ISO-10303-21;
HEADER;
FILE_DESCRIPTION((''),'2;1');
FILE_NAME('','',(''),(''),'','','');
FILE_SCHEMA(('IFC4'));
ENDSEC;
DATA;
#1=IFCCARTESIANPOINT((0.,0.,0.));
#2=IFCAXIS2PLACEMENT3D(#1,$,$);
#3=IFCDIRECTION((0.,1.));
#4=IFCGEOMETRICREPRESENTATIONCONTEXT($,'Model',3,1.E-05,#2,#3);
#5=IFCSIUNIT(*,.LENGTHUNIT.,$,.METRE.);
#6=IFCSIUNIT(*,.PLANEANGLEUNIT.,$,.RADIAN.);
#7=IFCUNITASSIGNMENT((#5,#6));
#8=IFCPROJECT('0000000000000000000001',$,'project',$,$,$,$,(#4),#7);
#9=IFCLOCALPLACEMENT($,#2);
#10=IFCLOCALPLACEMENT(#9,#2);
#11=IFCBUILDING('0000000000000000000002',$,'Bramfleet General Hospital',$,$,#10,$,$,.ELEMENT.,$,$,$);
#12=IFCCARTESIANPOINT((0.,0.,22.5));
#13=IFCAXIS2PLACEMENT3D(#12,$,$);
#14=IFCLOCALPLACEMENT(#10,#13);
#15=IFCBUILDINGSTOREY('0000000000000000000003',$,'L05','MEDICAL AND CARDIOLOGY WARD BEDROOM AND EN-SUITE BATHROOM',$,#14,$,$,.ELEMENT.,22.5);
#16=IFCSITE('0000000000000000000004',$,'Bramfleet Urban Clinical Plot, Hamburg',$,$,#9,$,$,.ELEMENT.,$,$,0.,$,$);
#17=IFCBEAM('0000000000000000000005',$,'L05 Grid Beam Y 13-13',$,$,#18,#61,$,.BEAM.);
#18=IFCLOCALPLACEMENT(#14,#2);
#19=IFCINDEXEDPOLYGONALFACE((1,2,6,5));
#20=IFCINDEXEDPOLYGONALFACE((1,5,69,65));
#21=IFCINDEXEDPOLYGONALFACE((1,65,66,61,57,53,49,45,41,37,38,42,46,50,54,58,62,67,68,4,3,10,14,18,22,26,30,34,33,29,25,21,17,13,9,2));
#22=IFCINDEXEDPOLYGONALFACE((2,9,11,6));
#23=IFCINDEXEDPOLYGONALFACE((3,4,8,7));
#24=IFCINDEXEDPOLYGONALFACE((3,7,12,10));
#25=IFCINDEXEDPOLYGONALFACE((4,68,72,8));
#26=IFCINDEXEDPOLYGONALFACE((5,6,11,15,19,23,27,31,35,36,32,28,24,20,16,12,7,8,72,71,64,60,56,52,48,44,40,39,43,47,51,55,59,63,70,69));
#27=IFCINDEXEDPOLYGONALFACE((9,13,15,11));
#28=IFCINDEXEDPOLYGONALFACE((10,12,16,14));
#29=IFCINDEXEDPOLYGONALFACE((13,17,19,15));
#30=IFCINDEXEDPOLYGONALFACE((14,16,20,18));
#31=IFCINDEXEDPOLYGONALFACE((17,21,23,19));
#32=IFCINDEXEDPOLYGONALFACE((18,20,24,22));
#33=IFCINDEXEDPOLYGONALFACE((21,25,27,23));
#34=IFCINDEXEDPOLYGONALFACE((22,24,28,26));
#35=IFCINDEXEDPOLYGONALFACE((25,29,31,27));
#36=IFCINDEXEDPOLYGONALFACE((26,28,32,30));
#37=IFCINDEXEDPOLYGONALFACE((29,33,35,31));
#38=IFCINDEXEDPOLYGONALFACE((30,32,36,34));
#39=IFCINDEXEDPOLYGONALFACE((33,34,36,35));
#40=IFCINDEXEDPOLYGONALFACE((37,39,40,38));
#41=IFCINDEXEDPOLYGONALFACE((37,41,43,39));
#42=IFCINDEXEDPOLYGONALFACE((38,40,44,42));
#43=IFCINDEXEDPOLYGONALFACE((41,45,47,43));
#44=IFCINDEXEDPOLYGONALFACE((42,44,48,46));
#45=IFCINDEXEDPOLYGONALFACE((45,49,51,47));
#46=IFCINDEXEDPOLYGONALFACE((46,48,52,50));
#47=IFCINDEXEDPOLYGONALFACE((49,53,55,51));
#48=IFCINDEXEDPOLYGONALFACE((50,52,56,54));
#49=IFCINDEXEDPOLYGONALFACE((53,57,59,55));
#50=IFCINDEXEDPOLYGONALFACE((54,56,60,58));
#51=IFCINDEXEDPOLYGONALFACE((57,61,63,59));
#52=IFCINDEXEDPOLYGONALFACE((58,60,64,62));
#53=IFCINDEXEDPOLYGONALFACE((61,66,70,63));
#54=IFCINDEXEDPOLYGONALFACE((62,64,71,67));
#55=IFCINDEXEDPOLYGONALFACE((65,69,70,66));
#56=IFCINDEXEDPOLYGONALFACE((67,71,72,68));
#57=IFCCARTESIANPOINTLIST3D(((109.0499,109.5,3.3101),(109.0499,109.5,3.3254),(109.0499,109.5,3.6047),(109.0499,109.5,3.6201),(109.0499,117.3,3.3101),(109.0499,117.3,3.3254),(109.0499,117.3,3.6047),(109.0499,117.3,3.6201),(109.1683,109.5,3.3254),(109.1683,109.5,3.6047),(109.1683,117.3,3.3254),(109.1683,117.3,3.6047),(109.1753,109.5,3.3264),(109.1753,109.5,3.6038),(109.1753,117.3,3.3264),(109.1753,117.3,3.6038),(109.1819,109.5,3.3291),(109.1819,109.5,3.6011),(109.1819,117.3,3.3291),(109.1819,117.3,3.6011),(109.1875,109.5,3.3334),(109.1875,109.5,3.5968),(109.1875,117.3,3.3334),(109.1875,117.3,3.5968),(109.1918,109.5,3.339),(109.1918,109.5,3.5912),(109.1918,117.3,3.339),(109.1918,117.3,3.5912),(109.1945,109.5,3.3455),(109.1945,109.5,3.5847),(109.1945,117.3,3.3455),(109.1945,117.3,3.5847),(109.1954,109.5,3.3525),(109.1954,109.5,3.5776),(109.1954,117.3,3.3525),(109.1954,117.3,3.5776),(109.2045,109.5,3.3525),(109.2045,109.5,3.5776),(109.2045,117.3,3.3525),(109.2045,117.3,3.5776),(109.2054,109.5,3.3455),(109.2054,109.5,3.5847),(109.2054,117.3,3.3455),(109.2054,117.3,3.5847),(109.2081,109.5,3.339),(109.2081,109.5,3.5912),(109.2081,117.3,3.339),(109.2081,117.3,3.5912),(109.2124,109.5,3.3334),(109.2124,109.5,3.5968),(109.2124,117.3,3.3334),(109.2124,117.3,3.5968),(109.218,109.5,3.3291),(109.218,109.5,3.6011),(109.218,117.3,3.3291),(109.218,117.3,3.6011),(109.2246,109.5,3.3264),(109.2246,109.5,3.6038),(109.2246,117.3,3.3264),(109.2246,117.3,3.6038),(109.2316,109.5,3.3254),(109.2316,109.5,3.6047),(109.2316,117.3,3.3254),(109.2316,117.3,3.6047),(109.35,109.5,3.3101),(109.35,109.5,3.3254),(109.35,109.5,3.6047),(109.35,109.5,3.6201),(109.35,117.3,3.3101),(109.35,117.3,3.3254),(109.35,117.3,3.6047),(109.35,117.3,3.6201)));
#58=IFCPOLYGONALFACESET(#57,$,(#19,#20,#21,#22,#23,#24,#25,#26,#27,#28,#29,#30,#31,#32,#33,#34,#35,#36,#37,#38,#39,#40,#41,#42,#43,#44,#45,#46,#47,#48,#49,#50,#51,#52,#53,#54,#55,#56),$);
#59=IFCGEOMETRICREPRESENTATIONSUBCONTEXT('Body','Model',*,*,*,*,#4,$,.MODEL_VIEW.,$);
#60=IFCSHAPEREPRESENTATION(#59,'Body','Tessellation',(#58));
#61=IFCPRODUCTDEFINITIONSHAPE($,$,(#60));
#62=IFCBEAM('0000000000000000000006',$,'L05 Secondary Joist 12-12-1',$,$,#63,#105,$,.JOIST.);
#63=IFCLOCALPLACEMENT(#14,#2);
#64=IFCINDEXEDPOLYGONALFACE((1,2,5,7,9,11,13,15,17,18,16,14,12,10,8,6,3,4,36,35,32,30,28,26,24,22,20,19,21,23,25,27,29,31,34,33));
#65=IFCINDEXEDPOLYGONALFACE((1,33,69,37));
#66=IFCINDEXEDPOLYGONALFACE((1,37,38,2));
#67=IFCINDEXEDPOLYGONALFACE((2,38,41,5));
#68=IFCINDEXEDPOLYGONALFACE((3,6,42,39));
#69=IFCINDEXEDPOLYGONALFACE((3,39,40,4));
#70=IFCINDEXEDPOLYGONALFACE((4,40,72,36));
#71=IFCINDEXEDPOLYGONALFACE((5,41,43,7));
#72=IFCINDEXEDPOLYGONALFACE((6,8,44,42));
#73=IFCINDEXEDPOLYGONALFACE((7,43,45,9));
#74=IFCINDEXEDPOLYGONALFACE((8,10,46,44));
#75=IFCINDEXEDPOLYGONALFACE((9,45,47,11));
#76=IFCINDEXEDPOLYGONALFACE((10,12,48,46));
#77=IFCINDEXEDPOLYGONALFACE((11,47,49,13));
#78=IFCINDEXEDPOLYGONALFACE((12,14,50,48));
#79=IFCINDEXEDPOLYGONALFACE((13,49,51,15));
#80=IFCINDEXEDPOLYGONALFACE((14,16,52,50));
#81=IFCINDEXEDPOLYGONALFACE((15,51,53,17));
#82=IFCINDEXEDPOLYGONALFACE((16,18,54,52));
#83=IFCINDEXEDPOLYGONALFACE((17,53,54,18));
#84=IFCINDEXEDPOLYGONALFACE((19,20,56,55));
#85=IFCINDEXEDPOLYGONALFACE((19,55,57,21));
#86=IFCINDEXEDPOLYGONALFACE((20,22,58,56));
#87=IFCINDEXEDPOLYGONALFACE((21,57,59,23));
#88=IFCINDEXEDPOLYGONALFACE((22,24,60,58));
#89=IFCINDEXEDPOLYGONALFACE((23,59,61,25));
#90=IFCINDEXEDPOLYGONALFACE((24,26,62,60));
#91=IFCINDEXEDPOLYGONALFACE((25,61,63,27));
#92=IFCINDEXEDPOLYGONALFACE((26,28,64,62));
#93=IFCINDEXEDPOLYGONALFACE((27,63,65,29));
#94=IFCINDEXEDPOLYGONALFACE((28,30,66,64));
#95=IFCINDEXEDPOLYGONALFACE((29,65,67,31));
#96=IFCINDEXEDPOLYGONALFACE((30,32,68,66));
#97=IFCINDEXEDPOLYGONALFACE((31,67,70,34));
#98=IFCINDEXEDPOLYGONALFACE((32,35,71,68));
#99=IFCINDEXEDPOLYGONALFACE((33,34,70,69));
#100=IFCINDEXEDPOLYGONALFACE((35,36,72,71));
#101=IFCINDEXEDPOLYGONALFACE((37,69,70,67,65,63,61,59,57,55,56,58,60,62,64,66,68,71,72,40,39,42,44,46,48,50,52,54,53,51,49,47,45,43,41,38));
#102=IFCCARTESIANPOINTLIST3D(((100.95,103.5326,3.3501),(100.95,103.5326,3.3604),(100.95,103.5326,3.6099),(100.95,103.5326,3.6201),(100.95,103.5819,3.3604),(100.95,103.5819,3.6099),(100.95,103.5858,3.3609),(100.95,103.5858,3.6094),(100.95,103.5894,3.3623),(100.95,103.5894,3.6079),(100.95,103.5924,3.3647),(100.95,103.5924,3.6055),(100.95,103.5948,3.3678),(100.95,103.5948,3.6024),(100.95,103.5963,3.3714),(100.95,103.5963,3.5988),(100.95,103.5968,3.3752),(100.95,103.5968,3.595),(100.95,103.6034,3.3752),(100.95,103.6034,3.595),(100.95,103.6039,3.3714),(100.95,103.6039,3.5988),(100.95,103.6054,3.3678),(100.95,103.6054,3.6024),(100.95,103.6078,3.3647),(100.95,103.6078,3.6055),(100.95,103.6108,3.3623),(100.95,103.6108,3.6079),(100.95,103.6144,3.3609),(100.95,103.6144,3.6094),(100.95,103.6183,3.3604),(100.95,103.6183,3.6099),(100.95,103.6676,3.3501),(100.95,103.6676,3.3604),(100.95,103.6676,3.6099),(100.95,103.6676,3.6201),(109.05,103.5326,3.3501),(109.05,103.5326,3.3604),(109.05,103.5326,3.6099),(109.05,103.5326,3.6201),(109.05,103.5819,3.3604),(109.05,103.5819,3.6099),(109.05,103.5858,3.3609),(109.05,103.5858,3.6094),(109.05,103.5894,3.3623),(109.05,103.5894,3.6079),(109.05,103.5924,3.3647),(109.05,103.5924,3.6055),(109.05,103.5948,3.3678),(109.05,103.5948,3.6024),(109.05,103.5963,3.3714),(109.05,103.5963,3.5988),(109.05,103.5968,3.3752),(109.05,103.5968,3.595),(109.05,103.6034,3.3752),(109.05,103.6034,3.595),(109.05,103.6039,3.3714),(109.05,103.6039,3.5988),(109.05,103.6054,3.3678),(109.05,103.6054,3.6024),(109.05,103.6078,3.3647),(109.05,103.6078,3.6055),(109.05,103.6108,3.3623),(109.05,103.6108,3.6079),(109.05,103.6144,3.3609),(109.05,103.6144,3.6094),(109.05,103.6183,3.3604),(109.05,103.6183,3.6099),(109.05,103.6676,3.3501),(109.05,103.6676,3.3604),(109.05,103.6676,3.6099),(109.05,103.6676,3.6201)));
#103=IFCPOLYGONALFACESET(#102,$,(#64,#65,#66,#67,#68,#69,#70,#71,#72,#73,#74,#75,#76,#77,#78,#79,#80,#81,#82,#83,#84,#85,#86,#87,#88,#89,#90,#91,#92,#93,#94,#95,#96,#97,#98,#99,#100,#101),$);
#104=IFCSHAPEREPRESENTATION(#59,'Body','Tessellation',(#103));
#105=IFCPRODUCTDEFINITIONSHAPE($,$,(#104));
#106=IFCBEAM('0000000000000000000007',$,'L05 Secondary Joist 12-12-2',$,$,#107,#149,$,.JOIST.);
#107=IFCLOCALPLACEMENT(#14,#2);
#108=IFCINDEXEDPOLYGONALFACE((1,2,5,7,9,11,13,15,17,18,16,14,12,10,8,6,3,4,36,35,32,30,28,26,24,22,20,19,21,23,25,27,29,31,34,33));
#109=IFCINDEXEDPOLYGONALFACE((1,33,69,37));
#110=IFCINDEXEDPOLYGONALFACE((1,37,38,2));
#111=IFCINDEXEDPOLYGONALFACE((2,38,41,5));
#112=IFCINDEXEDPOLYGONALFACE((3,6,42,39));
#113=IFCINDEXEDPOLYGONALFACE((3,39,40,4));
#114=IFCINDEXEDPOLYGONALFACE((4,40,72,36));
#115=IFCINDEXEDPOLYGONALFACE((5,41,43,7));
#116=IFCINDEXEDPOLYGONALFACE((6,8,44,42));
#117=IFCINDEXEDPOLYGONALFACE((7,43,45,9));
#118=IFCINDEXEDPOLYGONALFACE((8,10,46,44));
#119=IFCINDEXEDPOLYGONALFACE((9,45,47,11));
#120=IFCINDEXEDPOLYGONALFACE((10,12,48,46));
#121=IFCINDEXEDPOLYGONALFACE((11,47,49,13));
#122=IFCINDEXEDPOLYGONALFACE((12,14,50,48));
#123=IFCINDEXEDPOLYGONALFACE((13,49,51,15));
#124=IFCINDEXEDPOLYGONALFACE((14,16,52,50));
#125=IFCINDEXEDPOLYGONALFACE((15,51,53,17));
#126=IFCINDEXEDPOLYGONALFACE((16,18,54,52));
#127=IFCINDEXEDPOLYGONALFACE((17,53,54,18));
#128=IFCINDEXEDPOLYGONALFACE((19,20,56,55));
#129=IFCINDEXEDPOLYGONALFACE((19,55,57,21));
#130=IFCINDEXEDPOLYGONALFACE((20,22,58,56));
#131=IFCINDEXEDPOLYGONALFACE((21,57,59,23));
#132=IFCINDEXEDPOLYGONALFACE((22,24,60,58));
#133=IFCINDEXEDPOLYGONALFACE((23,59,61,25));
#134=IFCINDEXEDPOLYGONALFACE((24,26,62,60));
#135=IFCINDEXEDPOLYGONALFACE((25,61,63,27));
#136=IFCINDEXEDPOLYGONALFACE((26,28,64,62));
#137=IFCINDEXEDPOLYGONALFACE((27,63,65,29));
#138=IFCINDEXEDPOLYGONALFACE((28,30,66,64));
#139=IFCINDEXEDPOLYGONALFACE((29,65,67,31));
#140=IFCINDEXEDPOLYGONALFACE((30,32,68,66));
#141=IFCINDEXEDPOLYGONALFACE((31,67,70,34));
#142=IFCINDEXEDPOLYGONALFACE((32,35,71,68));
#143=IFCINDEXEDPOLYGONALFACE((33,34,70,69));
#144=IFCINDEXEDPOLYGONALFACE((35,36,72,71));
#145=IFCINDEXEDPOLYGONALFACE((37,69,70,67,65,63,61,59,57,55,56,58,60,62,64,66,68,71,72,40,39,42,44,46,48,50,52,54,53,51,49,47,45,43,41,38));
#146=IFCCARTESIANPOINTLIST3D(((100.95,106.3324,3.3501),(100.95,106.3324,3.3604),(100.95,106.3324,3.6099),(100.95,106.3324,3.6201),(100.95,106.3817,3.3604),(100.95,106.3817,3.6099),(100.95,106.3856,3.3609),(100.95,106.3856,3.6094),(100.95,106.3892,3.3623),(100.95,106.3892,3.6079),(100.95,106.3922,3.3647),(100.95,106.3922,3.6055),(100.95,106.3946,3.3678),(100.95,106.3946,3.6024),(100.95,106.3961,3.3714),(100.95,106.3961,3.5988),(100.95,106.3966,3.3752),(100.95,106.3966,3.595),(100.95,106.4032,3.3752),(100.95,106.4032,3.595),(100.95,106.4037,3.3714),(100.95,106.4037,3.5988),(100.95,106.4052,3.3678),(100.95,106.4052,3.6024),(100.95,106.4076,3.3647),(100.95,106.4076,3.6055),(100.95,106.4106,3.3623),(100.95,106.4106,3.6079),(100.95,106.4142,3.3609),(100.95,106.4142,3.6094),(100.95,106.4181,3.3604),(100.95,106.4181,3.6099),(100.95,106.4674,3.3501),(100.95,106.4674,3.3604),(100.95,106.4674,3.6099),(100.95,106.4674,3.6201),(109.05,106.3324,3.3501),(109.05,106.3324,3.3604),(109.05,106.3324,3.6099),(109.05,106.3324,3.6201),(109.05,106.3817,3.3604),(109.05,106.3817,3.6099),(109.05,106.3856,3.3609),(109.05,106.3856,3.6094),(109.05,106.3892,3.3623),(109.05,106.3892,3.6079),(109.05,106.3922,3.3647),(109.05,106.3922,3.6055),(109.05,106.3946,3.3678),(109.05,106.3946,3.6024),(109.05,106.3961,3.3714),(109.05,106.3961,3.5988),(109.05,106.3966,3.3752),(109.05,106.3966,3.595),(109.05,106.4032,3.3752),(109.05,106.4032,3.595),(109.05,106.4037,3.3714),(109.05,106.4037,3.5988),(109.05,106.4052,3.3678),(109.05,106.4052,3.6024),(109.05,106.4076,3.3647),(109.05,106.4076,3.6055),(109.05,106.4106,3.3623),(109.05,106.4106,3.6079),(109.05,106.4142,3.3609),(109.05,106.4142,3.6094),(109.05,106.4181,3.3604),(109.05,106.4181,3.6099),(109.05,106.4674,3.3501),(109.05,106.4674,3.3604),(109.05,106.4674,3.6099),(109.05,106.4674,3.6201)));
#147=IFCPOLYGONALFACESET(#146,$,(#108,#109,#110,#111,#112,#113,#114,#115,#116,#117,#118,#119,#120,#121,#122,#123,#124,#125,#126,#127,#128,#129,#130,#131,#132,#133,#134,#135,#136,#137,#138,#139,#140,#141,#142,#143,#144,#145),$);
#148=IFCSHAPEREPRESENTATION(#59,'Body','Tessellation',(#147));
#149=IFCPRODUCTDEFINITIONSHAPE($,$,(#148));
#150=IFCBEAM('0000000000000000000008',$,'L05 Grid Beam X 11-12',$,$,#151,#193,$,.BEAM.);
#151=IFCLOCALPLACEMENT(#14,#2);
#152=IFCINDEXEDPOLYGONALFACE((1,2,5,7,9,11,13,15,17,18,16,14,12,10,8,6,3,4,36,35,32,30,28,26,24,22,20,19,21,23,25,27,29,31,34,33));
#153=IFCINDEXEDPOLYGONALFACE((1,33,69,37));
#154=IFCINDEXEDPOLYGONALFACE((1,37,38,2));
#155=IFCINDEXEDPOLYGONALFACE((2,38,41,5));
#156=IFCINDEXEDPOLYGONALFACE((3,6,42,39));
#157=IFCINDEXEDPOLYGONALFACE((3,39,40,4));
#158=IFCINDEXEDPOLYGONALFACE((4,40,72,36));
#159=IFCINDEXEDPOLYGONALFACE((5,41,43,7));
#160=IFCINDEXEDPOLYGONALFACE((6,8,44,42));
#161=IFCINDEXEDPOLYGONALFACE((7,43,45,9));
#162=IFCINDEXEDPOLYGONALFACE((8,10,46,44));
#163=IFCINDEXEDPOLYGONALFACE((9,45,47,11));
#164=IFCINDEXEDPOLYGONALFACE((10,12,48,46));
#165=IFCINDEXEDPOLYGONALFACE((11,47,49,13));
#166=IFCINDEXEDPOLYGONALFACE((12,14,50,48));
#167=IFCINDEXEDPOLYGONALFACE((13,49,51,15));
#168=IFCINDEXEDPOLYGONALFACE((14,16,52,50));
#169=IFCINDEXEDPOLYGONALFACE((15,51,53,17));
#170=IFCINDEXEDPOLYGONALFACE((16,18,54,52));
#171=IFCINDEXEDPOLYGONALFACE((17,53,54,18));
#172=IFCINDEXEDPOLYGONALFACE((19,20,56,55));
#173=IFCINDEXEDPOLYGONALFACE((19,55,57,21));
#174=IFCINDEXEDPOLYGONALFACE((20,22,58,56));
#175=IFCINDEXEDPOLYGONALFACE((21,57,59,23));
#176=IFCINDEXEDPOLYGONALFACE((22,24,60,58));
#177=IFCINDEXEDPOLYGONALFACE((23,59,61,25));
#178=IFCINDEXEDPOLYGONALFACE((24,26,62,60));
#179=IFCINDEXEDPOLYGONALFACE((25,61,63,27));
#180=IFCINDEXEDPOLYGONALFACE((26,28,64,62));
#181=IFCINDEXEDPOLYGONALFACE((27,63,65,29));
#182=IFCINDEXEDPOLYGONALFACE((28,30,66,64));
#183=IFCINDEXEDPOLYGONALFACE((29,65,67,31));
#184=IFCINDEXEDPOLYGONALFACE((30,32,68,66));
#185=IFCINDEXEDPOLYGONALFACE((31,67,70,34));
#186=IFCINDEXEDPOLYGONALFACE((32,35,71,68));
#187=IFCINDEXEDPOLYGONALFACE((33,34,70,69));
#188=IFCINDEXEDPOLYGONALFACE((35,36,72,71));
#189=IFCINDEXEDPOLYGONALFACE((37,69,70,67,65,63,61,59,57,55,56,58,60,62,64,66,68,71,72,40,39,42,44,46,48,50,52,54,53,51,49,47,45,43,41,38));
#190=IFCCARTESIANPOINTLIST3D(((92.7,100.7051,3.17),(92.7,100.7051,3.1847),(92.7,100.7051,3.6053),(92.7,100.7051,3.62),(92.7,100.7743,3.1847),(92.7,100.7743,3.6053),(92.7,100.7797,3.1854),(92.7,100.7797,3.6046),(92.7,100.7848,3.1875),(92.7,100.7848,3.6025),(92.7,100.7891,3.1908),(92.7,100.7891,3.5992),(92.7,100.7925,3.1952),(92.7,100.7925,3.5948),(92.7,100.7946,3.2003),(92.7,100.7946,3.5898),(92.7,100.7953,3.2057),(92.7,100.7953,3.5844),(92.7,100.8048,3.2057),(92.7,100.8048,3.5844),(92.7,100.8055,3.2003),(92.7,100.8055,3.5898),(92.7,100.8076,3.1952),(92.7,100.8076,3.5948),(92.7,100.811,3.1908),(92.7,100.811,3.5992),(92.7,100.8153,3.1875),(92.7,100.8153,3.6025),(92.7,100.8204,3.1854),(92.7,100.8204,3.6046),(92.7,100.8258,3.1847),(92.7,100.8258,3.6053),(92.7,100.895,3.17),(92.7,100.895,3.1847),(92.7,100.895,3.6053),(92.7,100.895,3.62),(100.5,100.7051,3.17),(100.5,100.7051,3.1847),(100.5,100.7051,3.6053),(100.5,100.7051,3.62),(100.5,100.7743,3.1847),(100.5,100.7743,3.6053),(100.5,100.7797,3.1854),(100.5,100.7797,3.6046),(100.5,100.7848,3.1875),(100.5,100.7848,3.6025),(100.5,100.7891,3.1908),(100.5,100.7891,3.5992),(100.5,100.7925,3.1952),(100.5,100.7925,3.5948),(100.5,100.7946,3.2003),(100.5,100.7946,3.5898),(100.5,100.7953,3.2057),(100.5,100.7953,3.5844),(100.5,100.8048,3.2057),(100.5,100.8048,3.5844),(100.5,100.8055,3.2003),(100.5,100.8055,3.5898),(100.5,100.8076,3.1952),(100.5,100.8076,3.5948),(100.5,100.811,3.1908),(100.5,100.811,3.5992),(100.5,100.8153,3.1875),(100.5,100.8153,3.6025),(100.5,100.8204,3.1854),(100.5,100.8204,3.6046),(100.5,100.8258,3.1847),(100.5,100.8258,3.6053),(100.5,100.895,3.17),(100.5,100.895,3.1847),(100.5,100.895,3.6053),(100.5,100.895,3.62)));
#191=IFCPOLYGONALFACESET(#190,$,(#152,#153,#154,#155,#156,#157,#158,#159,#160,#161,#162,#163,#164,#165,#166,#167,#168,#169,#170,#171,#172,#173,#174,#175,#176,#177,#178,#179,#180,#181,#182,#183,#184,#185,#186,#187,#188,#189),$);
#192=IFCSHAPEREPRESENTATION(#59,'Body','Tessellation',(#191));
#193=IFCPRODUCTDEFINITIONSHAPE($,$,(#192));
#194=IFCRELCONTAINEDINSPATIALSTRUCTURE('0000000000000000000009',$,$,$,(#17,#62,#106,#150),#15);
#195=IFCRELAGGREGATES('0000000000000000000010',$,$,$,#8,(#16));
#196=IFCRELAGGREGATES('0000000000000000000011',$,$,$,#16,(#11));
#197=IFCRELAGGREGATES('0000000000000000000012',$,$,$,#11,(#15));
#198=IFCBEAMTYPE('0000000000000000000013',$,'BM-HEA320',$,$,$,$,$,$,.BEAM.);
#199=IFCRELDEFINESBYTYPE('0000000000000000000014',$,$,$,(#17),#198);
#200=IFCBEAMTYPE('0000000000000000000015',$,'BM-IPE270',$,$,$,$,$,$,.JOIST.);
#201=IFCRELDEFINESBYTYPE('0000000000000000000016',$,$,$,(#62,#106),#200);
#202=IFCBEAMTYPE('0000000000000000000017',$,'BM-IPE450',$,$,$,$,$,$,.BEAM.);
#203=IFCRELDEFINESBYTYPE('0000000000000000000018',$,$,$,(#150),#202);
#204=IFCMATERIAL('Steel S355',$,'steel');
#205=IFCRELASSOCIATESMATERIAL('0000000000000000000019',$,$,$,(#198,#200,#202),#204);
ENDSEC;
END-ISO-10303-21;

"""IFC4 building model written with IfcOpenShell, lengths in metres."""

from ifc_helpers import new_model, si_unit, direction, frame, origin, origin_2d, place, context, subcontext, project, spatial, i_section, extrude, material, material_profile, profile_set, type_object, element, save


model = new_model("IFC4")

# Units and contexts
model_context = context("Model", 3, precision=1e-05, world=origin(), true_north=direction((0.0, 1.0)))
body_context = subcontext(model_context, "Body", "Model", "MODEL_VIEW")
ifc_project = project(units=[si_unit("LENGTHUNIT", "METRE"), si_unit("PLANEANGLEUNIT", "RADIAN")], contexts=[model_context])

# Site, building, storey
site_placement = place(None, origin())
site = spatial("IfcSite", under=ifc_project, at=site_placement, Name="Bramfleet Urban Clinical Plot, Hamburg", CompositionType="ELEMENT", RefElevation=0.0)
building_placement = place(site_placement, origin())
building = spatial("IfcBuilding", under=site, at=building_placement, Name="Bramfleet General Hospital", CompositionType="ELEMENT")
storey_placement = place(building_placement, frame((0.0, 0.0, 22.5)))
storey = spatial("IfcBuildingStorey", under=building, at=storey_placement, Name="L05", Description="MEDICAL AND CARDIOLOGY WARD BEDROOM AND EN-SUITE BATHROOM", CompositionType="ELEMENT", Elevation=22.5)

# Beams
ifc_material_1 = material(Name="Steel S355", Category="steel")
ifc_material_profile_1 = material_profile(ifc_material_1, i_section(OverallWidth=0.3, OverallDepth=0.3101, WebThickness=0.009, FlangeThickness=0.0154, FilletRadius=0.0271, at=origin_2d()), Name="HEA 320")
ifc_profile_set_1 = profile_set([ifc_material_profile_1], Name="Steel S355")
beam_type_1 = type_object("IfcBeamType", Name="BM-HEA320", PredefinedType="BEAM", material=ifc_profile_set_1)
beam_1_placement = place(storey_placement, frame((109.2, 109.5, 3.4651), z_axis=(0.0, 1.0, 0.0), x_axis=(-1.0, 0.0, 0.0)))
element("IfcBeam", 1, at=beam_1_placement, inside=storey, type_object=beam_type_1, Name="L05 Grid Beam Y 13-13", PredefinedType="BEAM", context=body_context, shape_type="SweptSolid", body=[
    extrude(i_section(OverallWidth=0.3, OverallDepth=0.3101, WebThickness=0.009, FlangeThickness=0.0154, FilletRadius=0.0271, at=origin_2d()), origin(), (0.0, 0.0, 1.0), 7.8),
])
ifc_material_profile_2 = material_profile(ifc_material_1, i_section(OverallWidth=0.135, OverallDepth=0.27, WebThickness=0.0066, FlangeThickness=0.0103, FilletRadius=0.0149, at=origin_2d()), Name="IPE 270")
ifc_profile_set_2 = profile_set([ifc_material_profile_2], Name="Steel S355")
beam_type_2 = type_object("IfcBeamType", Name="BM-IPE270", PredefinedType="JOIST", material=ifc_profile_set_2)
for number, where, z_axis, x_axis, name in (
    (2, (100.95, 103.6001, 3.4851), (1.0, 0.0, 0.0), (0.0, 1.0, 0.0), "L05 Secondary Joist 12-12-1"),
    (3, (100.95, 106.3999, 3.4851), (1.0, 0.0, 0.0), (0.0, 1.0, 0.0), "L05 Secondary Joist 12-12-2"),
):
    element("IfcBeam", number, at=place(storey_placement, frame(where, z_axis=z_axis, x_axis=x_axis)), inside=storey, type_object=beam_type_2, Name=name, PredefinedType="JOIST", context=body_context, shape_type="SweptSolid", body=[
        extrude(i_section(OverallWidth=0.135, OverallDepth=0.27, WebThickness=0.0066, FlangeThickness=0.0103, FilletRadius=0.0149, at=origin_2d()), origin(), (0.0, 0.0, 1.0), 8.1001),
    ])
ifc_material_profile_3 = material_profile(ifc_material_1, i_section(OverallWidth=0.1899, OverallDepth=0.45, WebThickness=0.0095, FlangeThickness=0.0146, FilletRadius=0.021, at=origin_2d()), Name="IPE 450")
ifc_profile_set_3 = profile_set([ifc_material_profile_3], Name="Steel S355")
beam_type_3 = type_object("IfcBeamType", Name="BM-IPE450", PredefinedType="BEAM", material=ifc_profile_set_3)
for number, where, z_axis, x_axis, name in (
    (4, (92.7, 100.8, 3.395), (1.0, 0.0, 0.0), (0.0, 1.0, 0.0), "L05 Grid Beam X 11-12"),
):
    element("IfcBeam", number, at=place(storey_placement, frame(where, z_axis=z_axis, x_axis=x_axis)), inside=storey, type_object=beam_type_3, Name=name, PredefinedType="BEAM", context=body_context, shape_type="SweptSolid", body=[
        extrude(i_section(OverallWidth=0.1899, OverallDepth=0.45, WebThickness=0.0095, FlangeThickness=0.0146, FilletRadius=0.021, at=origin_2d()), origin(), (0.0, 0.0, 1.0), 7.8),
    ])

save(model, "model.ifc")
